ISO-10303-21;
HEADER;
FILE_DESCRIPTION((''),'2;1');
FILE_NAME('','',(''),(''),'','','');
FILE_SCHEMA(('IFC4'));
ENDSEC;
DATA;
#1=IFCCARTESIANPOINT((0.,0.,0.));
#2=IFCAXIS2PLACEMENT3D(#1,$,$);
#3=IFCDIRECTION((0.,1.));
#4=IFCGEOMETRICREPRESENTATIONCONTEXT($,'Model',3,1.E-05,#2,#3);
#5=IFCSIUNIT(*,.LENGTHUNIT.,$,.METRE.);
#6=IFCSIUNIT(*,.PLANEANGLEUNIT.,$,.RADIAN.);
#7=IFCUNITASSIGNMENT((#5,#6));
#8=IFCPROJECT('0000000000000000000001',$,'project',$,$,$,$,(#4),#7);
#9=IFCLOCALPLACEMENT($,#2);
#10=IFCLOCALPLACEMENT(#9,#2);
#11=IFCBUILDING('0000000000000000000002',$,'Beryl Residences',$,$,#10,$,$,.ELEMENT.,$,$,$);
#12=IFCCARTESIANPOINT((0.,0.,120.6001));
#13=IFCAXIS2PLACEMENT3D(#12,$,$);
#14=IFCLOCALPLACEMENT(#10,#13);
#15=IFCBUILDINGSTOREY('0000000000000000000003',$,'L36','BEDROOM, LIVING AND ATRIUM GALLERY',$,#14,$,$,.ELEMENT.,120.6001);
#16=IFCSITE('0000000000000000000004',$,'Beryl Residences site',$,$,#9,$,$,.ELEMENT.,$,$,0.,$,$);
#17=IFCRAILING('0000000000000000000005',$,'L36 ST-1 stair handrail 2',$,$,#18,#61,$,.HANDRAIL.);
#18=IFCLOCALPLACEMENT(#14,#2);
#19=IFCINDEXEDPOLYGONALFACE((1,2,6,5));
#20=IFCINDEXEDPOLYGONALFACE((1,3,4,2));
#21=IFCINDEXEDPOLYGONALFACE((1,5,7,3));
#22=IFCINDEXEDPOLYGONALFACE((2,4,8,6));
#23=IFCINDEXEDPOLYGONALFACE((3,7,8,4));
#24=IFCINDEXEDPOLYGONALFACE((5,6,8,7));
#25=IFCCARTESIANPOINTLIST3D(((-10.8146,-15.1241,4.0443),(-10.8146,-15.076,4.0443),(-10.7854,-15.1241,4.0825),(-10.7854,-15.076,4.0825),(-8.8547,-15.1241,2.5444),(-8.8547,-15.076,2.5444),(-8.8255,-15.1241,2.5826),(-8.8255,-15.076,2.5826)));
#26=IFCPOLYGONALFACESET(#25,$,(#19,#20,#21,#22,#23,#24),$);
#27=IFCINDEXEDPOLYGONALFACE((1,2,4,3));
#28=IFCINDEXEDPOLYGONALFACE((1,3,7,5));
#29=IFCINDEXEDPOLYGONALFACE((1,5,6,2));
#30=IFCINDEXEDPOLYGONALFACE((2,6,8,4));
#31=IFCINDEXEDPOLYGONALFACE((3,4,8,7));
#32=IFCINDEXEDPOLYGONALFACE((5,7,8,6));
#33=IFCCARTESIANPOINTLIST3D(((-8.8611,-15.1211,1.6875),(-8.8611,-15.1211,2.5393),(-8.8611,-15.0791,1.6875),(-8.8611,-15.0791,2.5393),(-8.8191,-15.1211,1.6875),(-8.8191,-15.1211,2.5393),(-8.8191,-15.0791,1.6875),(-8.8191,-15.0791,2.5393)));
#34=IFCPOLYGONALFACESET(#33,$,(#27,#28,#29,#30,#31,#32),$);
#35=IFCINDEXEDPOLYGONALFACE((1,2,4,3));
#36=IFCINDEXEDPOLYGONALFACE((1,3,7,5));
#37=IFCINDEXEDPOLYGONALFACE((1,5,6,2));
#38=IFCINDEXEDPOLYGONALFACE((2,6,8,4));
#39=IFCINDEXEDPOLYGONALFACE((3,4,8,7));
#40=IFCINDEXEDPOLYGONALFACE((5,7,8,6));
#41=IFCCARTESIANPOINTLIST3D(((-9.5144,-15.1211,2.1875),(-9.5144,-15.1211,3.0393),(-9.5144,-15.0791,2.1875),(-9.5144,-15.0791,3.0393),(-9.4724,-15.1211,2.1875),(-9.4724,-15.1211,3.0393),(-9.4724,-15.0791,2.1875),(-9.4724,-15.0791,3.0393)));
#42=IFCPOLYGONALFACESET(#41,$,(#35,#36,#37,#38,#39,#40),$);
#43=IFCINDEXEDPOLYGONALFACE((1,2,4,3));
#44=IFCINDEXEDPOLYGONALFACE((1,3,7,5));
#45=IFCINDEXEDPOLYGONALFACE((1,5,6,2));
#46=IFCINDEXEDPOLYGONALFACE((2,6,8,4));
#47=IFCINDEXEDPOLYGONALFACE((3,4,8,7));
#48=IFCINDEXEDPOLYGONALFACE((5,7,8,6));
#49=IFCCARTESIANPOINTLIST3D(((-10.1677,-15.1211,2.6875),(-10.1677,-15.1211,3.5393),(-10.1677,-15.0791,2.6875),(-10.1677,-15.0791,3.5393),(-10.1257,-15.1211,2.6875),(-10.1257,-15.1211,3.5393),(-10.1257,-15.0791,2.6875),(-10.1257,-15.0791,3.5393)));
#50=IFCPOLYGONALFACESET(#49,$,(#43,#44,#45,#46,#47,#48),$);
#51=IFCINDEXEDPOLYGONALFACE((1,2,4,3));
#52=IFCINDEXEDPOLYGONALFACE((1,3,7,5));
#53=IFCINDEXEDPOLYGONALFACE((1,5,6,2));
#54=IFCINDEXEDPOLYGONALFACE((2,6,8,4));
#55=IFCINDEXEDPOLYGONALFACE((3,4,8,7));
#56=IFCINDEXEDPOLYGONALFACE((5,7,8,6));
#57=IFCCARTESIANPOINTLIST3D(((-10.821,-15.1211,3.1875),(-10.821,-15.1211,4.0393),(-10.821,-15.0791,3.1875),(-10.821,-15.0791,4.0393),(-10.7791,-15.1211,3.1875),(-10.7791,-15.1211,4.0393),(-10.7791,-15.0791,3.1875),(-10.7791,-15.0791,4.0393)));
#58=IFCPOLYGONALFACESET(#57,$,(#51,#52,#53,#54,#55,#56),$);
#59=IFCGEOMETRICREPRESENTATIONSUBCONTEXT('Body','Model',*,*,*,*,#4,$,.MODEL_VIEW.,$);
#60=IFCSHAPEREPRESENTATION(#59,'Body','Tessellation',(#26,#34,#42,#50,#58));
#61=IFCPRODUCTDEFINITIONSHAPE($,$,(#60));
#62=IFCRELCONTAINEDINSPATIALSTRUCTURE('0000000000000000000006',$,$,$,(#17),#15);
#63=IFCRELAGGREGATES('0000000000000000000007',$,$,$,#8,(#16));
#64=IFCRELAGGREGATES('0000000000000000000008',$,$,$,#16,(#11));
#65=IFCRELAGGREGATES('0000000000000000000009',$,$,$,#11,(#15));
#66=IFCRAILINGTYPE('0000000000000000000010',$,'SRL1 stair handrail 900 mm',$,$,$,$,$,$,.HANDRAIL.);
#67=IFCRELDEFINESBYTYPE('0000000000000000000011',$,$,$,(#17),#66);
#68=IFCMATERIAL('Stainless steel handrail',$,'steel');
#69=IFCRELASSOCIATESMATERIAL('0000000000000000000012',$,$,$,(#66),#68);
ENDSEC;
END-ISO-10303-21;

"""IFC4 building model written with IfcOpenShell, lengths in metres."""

from ifc_helpers import new_model, si_unit, direction, frame, origin, origin_2d, place, context, subcontext, project, spatial, rectangle, extrude, material, type_object, element, save


model = new_model("IFC4")

# Units and contexts
model_context = context("Model", 3, precision=1e-05, world=origin(), true_north=direction((0.0, 1.0)))
body_context = subcontext(model_context, "Body", "Model", "MODEL_VIEW")
ifc_project = project(units=[si_unit("LENGTHUNIT", "METRE"), si_unit("PLANEANGLEUNIT", "RADIAN")], contexts=[model_context])

# Site, building, storey
site_placement = place(None, origin())
site = spatial("IfcSite", under=ifc_project, at=site_placement, Name="Beryl Residences site", CompositionType="ELEMENT", RefElevation=0.0)
building_placement = place(site_placement, origin())
building = spatial("IfcBuilding", under=site, at=building_placement, Name="Beryl Residences", CompositionType="ELEMENT")
storey_placement = place(building_placement, frame((0.0, 0.0, 120.6001)))
storey = spatial("IfcBuildingStorey", under=building, at=storey_placement, Name="L36", Description="BEDROOM, LIVING AND ATRIUM GALLERY", CompositionType="ELEMENT", Elevation=120.6001)

# Railing
ifc_material_1 = material(Name="Stainless steel handrail", Category="steel")
railing_type_1 = type_object("IfcRailingType", Name="SRL1 stair handrail 900 mm", PredefinedType="HANDRAIL", material=ifc_material_1)
railing_1_placement = place(storey_placement, frame((-8.8401, -15.1001, 1.6875)))
element("IfcRailing", 1, at=railing_1_placement, inside=storey, type_object=railing_type_1, Name="L36 ST-1 stair handrail 2", PredefinedType="HANDRAIL", context=body_context, shape_type="SweptSolid", body=[
    extrude(rectangle(XDim=0.0481, YDim=0.0481, at=origin_2d()), frame((0.0, 0.0, 0.876), z_axis=(-0.794122, 0.0, 0.607758), x_axis=(0.0, -1.0, 0.0)), (0.0, 0.0, 1.0), 2.468),
    extrude(rectangle(XDim=0.042, YDim=0.042, at=origin_2d()), origin(), (0.0, 0.0, 1.0), 0.8518),
    extrude(rectangle(XDim=0.042, YDim=0.042, at=origin_2d()), frame((-0.6533, 0.0, 0.5)), (0.0, 0.0, 1.0), 0.8518),
    extrude(rectangle(XDim=0.042, YDim=0.042, at=origin_2d()), frame((-1.3066, 0.0, 1.0)), (0.0, 0.0, 1.0), 0.8518),
    extrude(rectangle(XDim=0.042, YDim=0.042, at=origin_2d()), frame((-1.96, 0.0, 1.5)), (0.0, 0.0, 1.0), 0.8518),
])

save(model, "model.ifc")
